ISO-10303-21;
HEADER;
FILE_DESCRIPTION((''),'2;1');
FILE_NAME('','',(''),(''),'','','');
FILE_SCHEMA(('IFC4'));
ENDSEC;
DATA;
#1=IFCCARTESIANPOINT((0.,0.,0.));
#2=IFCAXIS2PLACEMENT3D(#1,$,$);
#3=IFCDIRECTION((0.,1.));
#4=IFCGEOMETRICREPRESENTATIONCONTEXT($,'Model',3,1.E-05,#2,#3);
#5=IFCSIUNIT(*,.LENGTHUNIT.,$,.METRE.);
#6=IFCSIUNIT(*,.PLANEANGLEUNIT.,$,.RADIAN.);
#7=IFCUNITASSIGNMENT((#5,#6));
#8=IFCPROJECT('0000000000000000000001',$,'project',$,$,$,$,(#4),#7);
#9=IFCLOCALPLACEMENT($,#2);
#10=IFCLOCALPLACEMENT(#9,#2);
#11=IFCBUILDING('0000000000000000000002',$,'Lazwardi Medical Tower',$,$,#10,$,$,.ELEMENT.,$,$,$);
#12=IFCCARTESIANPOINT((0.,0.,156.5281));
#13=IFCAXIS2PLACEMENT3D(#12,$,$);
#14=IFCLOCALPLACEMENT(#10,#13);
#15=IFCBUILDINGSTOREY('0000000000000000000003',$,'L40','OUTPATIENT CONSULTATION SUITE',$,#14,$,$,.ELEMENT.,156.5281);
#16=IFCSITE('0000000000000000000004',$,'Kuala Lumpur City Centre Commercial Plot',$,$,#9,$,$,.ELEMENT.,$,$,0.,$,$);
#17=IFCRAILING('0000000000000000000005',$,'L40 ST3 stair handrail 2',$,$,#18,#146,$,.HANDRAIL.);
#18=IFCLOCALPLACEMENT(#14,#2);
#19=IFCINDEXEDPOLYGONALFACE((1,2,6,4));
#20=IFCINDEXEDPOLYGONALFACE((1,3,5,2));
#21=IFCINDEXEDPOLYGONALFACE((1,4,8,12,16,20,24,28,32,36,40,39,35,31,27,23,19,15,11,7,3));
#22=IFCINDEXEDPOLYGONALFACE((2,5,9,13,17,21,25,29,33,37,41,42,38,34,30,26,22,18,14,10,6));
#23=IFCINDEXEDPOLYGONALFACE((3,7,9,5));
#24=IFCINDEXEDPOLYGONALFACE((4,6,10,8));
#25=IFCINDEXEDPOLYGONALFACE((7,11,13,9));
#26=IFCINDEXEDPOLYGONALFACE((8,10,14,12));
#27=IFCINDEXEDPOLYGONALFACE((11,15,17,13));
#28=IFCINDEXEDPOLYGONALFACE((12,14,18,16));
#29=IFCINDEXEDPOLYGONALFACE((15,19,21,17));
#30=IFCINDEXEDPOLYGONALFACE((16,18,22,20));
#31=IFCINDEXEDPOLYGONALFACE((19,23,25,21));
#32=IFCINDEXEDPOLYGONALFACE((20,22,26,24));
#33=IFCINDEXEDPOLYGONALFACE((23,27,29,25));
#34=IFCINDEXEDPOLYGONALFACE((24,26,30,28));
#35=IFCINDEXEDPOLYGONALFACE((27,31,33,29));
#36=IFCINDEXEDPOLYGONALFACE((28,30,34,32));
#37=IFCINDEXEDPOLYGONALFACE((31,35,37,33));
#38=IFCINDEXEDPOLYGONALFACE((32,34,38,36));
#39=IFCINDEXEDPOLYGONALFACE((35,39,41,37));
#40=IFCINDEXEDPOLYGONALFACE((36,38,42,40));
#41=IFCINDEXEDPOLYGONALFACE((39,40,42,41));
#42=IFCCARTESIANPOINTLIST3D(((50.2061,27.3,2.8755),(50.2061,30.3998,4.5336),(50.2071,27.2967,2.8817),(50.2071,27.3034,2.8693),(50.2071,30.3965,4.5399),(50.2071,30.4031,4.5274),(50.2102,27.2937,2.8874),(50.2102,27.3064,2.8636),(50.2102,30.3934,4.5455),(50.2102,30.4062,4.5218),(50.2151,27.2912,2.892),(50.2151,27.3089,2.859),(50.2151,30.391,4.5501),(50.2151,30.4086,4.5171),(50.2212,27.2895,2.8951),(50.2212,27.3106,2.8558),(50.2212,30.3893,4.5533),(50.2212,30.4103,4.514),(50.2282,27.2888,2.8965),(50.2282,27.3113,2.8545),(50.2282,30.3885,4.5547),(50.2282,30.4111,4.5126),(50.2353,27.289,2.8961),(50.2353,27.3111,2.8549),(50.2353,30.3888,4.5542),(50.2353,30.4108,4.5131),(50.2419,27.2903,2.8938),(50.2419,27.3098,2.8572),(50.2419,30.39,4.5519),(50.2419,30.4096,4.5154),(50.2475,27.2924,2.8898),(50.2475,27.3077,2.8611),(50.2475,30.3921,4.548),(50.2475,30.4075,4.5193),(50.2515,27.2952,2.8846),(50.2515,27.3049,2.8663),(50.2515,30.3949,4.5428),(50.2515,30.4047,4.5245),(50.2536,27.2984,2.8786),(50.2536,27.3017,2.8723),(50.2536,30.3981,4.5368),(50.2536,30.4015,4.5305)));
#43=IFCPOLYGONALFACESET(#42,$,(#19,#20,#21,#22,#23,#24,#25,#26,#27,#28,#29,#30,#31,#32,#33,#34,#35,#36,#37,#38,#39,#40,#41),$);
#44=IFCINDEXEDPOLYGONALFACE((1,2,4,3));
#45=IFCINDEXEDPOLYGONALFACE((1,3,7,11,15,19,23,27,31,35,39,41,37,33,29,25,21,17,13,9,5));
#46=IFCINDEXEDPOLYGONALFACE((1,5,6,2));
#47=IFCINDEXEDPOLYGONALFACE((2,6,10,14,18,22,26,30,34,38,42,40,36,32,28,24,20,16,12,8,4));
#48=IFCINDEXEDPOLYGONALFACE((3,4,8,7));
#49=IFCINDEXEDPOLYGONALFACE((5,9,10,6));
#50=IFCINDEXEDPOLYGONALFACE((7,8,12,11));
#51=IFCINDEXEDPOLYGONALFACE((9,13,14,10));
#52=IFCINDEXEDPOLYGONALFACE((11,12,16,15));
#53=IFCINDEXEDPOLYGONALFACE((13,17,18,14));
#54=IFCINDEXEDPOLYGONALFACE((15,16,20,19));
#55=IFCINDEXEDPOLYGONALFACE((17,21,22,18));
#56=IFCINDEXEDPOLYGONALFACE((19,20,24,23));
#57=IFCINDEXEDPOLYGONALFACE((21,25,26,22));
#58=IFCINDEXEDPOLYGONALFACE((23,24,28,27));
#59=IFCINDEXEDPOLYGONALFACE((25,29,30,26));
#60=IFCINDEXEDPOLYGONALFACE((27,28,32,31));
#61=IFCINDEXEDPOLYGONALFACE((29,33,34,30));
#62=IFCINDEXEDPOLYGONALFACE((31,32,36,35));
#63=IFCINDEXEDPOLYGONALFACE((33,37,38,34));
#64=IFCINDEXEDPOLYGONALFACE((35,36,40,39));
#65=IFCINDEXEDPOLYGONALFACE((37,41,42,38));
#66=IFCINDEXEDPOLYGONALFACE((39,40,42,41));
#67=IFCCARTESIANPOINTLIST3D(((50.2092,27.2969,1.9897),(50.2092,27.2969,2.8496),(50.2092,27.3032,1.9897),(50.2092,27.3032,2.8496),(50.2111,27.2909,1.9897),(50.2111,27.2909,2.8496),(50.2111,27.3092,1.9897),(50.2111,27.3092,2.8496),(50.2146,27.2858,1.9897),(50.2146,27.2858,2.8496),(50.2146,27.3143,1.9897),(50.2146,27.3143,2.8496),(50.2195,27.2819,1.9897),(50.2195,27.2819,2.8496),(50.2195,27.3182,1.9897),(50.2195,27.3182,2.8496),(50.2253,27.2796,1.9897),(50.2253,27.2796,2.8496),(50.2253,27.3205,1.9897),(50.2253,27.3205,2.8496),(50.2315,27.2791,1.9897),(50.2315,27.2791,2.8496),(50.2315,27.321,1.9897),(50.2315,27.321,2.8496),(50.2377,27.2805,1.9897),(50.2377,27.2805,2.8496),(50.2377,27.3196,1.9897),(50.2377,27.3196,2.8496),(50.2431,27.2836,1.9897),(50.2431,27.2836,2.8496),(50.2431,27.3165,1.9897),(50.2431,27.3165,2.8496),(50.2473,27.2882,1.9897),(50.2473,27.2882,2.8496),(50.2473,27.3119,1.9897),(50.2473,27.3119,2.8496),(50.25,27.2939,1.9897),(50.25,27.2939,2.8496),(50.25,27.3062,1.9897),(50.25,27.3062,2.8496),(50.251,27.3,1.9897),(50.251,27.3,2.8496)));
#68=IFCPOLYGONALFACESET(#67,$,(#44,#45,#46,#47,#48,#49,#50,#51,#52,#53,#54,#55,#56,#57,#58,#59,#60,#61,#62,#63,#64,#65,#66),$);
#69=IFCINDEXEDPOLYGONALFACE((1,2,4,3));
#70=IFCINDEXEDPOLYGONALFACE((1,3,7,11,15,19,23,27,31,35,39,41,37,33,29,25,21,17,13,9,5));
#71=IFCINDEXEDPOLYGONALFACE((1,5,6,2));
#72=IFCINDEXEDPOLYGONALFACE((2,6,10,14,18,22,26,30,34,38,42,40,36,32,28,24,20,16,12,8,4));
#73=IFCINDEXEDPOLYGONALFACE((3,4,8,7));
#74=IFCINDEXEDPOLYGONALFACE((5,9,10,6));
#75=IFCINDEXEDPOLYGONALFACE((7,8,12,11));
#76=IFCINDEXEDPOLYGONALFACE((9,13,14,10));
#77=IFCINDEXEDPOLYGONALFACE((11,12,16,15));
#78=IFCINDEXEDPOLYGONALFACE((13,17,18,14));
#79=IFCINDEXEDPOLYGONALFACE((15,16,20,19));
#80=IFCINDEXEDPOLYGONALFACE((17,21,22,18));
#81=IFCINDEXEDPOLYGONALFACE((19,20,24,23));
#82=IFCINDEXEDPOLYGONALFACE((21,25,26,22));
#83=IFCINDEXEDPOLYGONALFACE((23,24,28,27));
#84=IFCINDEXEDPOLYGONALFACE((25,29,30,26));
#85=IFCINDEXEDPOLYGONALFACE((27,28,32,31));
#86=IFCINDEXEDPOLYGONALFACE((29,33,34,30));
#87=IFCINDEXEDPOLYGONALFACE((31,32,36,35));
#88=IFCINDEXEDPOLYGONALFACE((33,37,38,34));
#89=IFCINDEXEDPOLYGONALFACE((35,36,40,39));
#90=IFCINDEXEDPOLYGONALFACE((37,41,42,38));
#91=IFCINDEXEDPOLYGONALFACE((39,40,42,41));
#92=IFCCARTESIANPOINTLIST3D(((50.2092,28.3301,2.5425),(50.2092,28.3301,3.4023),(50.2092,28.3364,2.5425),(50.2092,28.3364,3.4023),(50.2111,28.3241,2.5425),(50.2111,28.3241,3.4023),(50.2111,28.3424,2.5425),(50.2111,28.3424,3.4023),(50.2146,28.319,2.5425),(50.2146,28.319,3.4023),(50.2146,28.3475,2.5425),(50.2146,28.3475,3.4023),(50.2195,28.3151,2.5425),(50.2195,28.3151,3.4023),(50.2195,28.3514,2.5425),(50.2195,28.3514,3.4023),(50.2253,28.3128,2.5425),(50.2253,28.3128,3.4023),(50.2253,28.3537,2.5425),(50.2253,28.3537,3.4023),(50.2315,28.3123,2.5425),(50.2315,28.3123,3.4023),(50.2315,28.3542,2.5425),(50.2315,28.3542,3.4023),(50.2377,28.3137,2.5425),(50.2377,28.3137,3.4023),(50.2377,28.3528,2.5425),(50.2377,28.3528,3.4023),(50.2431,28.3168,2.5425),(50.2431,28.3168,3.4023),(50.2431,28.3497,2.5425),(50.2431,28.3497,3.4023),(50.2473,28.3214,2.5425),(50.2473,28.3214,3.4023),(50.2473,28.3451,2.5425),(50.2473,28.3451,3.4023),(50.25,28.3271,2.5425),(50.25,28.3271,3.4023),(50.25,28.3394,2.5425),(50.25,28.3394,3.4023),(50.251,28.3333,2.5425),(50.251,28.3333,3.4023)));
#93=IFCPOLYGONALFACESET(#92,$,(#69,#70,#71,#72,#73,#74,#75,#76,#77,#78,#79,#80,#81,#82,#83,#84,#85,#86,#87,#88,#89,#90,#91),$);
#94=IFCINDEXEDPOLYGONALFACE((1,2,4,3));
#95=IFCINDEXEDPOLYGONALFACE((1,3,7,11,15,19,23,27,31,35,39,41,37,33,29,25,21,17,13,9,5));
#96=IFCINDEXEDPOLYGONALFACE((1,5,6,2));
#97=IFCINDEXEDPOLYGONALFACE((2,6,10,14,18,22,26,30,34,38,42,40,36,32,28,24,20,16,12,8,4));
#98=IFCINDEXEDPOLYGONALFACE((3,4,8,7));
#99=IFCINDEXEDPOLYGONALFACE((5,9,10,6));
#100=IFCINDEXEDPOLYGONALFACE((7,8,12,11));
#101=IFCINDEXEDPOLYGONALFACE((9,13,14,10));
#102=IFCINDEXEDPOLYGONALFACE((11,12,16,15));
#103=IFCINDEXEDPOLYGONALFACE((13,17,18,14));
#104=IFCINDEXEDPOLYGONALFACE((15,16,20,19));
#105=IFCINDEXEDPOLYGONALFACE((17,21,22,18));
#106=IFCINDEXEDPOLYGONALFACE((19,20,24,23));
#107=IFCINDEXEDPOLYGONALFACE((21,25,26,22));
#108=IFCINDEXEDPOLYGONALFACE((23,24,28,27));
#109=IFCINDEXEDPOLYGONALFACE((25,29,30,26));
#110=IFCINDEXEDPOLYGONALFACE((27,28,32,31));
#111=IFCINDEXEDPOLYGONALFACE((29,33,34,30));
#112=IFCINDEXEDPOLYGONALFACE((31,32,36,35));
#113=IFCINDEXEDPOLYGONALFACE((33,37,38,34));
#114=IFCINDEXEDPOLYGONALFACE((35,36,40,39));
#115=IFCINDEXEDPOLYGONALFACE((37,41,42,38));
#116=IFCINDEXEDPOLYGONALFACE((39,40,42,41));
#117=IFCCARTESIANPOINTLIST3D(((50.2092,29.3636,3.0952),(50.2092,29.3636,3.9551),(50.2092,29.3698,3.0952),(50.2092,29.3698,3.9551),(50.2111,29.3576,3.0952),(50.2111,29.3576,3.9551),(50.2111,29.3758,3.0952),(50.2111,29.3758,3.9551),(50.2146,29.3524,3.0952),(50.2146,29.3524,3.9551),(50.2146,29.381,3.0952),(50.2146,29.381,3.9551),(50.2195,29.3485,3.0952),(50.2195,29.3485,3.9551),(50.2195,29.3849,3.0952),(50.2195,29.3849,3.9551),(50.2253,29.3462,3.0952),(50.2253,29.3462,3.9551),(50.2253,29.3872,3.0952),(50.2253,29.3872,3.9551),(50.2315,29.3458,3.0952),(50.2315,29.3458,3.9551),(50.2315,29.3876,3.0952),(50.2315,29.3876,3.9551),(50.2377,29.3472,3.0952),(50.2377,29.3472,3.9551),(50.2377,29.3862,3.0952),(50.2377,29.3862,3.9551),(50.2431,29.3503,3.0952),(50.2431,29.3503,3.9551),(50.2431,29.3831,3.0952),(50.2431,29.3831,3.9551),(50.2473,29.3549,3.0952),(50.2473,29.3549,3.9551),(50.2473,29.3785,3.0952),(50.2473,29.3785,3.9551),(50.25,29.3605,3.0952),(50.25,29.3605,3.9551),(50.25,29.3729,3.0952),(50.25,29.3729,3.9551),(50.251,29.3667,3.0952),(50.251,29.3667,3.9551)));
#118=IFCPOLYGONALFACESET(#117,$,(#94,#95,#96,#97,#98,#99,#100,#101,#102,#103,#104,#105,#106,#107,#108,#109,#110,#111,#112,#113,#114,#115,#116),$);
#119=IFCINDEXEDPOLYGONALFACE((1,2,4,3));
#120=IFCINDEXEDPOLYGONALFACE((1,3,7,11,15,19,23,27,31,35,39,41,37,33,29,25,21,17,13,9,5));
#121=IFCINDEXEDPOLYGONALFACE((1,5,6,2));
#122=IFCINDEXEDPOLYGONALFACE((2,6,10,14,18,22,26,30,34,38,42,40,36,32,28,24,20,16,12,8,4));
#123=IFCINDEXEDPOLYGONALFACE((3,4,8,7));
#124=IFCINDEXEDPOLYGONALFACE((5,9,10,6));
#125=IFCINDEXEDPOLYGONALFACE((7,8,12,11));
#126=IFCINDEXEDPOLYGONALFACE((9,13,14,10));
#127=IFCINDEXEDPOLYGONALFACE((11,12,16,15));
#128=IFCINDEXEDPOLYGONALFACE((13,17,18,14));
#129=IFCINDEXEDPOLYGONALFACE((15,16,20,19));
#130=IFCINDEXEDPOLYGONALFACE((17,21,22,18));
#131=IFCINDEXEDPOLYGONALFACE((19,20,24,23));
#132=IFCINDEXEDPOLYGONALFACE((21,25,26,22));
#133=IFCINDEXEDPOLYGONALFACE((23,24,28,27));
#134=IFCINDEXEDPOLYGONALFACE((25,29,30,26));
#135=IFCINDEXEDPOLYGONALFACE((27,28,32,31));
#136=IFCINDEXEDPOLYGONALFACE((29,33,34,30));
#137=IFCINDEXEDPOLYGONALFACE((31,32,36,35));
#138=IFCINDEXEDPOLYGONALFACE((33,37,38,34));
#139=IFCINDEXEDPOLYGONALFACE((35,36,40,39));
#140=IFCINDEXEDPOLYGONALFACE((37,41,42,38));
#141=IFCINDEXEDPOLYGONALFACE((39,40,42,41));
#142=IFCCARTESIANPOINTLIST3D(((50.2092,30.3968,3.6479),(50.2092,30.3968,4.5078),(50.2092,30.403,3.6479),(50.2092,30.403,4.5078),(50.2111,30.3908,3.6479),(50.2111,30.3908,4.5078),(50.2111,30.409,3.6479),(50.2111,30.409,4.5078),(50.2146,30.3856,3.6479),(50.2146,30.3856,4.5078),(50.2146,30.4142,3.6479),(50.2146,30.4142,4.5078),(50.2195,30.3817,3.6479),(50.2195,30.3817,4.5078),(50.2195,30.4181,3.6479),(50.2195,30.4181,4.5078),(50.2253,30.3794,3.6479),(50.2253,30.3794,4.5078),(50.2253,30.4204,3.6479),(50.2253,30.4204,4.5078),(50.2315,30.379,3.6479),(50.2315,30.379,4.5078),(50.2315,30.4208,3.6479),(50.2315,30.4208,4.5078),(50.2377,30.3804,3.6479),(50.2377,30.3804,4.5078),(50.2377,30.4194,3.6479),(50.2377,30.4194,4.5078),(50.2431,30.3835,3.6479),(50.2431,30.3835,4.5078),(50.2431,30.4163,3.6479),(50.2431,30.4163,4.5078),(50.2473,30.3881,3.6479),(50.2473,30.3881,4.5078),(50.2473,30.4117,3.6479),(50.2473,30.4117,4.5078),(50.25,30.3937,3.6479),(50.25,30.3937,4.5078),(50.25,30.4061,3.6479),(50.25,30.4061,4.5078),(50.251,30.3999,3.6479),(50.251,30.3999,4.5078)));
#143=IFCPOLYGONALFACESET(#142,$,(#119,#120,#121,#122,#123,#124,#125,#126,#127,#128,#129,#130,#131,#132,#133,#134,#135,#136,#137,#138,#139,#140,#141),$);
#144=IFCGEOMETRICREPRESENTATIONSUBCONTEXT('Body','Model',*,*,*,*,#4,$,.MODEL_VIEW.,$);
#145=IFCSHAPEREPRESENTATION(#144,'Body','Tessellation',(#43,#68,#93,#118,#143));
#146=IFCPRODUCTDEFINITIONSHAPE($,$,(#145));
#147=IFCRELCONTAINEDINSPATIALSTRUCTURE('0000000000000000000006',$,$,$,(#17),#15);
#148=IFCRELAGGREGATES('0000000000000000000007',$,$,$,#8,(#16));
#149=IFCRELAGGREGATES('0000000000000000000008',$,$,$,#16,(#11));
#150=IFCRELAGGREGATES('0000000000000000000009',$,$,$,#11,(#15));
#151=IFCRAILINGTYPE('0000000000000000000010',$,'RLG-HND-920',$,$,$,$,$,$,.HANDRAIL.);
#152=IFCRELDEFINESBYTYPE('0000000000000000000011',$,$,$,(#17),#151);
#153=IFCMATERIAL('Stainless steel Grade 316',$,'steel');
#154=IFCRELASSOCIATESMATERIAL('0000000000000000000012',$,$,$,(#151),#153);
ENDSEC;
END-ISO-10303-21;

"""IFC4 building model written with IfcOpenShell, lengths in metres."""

from ifc_helpers import new_model, si_unit, direction, frame, origin, origin_2d, place, context, subcontext, project, spatial, circle, extrude, material, type_object, element, save


model = new_model("IFC4")

# Units and contexts
model_context = context("Model", 3, precision=1e-05, world=origin(), true_north=direction((0.0, 1.0)))
body_context = subcontext(model_context, "Body", "Model", "MODEL_VIEW")
ifc_project = project(units=[si_unit("LENGTHUNIT", "METRE"), si_unit("PLANEANGLEUNIT", "RADIAN")], contexts=[model_context])

# Site, building, storey
site_placement = place(None, origin())
site = spatial("IfcSite", under=ifc_project, at=site_placement, Name="Kuala Lumpur City Centre Commercial Plot", CompositionType="ELEMENT", RefElevation=0.0)
building_placement = place(site_placement, origin())
building = spatial("IfcBuilding", under=site, at=building_placement, Name="Lazwardi Medical Tower", CompositionType="ELEMENT")
storey_placement = place(building_placement, frame((0.0, 0.0, 156.5281)))
storey = spatial("IfcBuildingStorey", under=building, at=storey_placement, Name="L40", Description="OUTPATIENT CONSULTATION SUITE", CompositionType="ELEMENT", Elevation=156.5281)

# Railing
ifc_material_1 = material(Name="Stainless steel Grade 316", Category="steel")
railing_type_1 = type_object("IfcRailingType", Name="RLG-HND-920", PredefinedType="HANDRAIL", material=ifc_material_1)
railing_1_placement = place(storey_placement, frame((50.23, 27.3, 1.9897)))
element("IfcRailing", 1, at=railing_1_placement, inside=storey, type_object=railing_type_1, Name="L40 ST3 stair handrail 2", PredefinedType="HANDRAIL", context=body_context, shape_type="SweptSolid", body=[
    extrude(circle(Radius=0.0239, at=origin_2d()), frame((0.0, 0.0, 0.8857), z_axis=(0.0, 0.881768, 0.471684), x_axis=(-1.0, 0.0, 0.0)), (0.0, 0.0, 1.0), 3.5154),
    extrude(circle(Radius=0.021, at=origin_2d()), origin(), (0.0, 0.0, 1.0), 0.8599),
    extrude(circle(Radius=0.021, at=origin_2d()), frame((0.0, 1.0332, 0.5527)), (0.0, 0.0, 1.0), 0.8599),
    extrude(circle(Radius=0.021, at=origin_2d()), frame((0.0, 2.0667, 1.1055)), (0.0, 0.0, 1.0), 0.8599),
    extrude(circle(Radius=0.021, at=origin_2d()), frame((0.0, 3.0999, 1.6582)), (0.0, 0.0, 1.0), 0.8599),
])

save(model, "model.ifc")
